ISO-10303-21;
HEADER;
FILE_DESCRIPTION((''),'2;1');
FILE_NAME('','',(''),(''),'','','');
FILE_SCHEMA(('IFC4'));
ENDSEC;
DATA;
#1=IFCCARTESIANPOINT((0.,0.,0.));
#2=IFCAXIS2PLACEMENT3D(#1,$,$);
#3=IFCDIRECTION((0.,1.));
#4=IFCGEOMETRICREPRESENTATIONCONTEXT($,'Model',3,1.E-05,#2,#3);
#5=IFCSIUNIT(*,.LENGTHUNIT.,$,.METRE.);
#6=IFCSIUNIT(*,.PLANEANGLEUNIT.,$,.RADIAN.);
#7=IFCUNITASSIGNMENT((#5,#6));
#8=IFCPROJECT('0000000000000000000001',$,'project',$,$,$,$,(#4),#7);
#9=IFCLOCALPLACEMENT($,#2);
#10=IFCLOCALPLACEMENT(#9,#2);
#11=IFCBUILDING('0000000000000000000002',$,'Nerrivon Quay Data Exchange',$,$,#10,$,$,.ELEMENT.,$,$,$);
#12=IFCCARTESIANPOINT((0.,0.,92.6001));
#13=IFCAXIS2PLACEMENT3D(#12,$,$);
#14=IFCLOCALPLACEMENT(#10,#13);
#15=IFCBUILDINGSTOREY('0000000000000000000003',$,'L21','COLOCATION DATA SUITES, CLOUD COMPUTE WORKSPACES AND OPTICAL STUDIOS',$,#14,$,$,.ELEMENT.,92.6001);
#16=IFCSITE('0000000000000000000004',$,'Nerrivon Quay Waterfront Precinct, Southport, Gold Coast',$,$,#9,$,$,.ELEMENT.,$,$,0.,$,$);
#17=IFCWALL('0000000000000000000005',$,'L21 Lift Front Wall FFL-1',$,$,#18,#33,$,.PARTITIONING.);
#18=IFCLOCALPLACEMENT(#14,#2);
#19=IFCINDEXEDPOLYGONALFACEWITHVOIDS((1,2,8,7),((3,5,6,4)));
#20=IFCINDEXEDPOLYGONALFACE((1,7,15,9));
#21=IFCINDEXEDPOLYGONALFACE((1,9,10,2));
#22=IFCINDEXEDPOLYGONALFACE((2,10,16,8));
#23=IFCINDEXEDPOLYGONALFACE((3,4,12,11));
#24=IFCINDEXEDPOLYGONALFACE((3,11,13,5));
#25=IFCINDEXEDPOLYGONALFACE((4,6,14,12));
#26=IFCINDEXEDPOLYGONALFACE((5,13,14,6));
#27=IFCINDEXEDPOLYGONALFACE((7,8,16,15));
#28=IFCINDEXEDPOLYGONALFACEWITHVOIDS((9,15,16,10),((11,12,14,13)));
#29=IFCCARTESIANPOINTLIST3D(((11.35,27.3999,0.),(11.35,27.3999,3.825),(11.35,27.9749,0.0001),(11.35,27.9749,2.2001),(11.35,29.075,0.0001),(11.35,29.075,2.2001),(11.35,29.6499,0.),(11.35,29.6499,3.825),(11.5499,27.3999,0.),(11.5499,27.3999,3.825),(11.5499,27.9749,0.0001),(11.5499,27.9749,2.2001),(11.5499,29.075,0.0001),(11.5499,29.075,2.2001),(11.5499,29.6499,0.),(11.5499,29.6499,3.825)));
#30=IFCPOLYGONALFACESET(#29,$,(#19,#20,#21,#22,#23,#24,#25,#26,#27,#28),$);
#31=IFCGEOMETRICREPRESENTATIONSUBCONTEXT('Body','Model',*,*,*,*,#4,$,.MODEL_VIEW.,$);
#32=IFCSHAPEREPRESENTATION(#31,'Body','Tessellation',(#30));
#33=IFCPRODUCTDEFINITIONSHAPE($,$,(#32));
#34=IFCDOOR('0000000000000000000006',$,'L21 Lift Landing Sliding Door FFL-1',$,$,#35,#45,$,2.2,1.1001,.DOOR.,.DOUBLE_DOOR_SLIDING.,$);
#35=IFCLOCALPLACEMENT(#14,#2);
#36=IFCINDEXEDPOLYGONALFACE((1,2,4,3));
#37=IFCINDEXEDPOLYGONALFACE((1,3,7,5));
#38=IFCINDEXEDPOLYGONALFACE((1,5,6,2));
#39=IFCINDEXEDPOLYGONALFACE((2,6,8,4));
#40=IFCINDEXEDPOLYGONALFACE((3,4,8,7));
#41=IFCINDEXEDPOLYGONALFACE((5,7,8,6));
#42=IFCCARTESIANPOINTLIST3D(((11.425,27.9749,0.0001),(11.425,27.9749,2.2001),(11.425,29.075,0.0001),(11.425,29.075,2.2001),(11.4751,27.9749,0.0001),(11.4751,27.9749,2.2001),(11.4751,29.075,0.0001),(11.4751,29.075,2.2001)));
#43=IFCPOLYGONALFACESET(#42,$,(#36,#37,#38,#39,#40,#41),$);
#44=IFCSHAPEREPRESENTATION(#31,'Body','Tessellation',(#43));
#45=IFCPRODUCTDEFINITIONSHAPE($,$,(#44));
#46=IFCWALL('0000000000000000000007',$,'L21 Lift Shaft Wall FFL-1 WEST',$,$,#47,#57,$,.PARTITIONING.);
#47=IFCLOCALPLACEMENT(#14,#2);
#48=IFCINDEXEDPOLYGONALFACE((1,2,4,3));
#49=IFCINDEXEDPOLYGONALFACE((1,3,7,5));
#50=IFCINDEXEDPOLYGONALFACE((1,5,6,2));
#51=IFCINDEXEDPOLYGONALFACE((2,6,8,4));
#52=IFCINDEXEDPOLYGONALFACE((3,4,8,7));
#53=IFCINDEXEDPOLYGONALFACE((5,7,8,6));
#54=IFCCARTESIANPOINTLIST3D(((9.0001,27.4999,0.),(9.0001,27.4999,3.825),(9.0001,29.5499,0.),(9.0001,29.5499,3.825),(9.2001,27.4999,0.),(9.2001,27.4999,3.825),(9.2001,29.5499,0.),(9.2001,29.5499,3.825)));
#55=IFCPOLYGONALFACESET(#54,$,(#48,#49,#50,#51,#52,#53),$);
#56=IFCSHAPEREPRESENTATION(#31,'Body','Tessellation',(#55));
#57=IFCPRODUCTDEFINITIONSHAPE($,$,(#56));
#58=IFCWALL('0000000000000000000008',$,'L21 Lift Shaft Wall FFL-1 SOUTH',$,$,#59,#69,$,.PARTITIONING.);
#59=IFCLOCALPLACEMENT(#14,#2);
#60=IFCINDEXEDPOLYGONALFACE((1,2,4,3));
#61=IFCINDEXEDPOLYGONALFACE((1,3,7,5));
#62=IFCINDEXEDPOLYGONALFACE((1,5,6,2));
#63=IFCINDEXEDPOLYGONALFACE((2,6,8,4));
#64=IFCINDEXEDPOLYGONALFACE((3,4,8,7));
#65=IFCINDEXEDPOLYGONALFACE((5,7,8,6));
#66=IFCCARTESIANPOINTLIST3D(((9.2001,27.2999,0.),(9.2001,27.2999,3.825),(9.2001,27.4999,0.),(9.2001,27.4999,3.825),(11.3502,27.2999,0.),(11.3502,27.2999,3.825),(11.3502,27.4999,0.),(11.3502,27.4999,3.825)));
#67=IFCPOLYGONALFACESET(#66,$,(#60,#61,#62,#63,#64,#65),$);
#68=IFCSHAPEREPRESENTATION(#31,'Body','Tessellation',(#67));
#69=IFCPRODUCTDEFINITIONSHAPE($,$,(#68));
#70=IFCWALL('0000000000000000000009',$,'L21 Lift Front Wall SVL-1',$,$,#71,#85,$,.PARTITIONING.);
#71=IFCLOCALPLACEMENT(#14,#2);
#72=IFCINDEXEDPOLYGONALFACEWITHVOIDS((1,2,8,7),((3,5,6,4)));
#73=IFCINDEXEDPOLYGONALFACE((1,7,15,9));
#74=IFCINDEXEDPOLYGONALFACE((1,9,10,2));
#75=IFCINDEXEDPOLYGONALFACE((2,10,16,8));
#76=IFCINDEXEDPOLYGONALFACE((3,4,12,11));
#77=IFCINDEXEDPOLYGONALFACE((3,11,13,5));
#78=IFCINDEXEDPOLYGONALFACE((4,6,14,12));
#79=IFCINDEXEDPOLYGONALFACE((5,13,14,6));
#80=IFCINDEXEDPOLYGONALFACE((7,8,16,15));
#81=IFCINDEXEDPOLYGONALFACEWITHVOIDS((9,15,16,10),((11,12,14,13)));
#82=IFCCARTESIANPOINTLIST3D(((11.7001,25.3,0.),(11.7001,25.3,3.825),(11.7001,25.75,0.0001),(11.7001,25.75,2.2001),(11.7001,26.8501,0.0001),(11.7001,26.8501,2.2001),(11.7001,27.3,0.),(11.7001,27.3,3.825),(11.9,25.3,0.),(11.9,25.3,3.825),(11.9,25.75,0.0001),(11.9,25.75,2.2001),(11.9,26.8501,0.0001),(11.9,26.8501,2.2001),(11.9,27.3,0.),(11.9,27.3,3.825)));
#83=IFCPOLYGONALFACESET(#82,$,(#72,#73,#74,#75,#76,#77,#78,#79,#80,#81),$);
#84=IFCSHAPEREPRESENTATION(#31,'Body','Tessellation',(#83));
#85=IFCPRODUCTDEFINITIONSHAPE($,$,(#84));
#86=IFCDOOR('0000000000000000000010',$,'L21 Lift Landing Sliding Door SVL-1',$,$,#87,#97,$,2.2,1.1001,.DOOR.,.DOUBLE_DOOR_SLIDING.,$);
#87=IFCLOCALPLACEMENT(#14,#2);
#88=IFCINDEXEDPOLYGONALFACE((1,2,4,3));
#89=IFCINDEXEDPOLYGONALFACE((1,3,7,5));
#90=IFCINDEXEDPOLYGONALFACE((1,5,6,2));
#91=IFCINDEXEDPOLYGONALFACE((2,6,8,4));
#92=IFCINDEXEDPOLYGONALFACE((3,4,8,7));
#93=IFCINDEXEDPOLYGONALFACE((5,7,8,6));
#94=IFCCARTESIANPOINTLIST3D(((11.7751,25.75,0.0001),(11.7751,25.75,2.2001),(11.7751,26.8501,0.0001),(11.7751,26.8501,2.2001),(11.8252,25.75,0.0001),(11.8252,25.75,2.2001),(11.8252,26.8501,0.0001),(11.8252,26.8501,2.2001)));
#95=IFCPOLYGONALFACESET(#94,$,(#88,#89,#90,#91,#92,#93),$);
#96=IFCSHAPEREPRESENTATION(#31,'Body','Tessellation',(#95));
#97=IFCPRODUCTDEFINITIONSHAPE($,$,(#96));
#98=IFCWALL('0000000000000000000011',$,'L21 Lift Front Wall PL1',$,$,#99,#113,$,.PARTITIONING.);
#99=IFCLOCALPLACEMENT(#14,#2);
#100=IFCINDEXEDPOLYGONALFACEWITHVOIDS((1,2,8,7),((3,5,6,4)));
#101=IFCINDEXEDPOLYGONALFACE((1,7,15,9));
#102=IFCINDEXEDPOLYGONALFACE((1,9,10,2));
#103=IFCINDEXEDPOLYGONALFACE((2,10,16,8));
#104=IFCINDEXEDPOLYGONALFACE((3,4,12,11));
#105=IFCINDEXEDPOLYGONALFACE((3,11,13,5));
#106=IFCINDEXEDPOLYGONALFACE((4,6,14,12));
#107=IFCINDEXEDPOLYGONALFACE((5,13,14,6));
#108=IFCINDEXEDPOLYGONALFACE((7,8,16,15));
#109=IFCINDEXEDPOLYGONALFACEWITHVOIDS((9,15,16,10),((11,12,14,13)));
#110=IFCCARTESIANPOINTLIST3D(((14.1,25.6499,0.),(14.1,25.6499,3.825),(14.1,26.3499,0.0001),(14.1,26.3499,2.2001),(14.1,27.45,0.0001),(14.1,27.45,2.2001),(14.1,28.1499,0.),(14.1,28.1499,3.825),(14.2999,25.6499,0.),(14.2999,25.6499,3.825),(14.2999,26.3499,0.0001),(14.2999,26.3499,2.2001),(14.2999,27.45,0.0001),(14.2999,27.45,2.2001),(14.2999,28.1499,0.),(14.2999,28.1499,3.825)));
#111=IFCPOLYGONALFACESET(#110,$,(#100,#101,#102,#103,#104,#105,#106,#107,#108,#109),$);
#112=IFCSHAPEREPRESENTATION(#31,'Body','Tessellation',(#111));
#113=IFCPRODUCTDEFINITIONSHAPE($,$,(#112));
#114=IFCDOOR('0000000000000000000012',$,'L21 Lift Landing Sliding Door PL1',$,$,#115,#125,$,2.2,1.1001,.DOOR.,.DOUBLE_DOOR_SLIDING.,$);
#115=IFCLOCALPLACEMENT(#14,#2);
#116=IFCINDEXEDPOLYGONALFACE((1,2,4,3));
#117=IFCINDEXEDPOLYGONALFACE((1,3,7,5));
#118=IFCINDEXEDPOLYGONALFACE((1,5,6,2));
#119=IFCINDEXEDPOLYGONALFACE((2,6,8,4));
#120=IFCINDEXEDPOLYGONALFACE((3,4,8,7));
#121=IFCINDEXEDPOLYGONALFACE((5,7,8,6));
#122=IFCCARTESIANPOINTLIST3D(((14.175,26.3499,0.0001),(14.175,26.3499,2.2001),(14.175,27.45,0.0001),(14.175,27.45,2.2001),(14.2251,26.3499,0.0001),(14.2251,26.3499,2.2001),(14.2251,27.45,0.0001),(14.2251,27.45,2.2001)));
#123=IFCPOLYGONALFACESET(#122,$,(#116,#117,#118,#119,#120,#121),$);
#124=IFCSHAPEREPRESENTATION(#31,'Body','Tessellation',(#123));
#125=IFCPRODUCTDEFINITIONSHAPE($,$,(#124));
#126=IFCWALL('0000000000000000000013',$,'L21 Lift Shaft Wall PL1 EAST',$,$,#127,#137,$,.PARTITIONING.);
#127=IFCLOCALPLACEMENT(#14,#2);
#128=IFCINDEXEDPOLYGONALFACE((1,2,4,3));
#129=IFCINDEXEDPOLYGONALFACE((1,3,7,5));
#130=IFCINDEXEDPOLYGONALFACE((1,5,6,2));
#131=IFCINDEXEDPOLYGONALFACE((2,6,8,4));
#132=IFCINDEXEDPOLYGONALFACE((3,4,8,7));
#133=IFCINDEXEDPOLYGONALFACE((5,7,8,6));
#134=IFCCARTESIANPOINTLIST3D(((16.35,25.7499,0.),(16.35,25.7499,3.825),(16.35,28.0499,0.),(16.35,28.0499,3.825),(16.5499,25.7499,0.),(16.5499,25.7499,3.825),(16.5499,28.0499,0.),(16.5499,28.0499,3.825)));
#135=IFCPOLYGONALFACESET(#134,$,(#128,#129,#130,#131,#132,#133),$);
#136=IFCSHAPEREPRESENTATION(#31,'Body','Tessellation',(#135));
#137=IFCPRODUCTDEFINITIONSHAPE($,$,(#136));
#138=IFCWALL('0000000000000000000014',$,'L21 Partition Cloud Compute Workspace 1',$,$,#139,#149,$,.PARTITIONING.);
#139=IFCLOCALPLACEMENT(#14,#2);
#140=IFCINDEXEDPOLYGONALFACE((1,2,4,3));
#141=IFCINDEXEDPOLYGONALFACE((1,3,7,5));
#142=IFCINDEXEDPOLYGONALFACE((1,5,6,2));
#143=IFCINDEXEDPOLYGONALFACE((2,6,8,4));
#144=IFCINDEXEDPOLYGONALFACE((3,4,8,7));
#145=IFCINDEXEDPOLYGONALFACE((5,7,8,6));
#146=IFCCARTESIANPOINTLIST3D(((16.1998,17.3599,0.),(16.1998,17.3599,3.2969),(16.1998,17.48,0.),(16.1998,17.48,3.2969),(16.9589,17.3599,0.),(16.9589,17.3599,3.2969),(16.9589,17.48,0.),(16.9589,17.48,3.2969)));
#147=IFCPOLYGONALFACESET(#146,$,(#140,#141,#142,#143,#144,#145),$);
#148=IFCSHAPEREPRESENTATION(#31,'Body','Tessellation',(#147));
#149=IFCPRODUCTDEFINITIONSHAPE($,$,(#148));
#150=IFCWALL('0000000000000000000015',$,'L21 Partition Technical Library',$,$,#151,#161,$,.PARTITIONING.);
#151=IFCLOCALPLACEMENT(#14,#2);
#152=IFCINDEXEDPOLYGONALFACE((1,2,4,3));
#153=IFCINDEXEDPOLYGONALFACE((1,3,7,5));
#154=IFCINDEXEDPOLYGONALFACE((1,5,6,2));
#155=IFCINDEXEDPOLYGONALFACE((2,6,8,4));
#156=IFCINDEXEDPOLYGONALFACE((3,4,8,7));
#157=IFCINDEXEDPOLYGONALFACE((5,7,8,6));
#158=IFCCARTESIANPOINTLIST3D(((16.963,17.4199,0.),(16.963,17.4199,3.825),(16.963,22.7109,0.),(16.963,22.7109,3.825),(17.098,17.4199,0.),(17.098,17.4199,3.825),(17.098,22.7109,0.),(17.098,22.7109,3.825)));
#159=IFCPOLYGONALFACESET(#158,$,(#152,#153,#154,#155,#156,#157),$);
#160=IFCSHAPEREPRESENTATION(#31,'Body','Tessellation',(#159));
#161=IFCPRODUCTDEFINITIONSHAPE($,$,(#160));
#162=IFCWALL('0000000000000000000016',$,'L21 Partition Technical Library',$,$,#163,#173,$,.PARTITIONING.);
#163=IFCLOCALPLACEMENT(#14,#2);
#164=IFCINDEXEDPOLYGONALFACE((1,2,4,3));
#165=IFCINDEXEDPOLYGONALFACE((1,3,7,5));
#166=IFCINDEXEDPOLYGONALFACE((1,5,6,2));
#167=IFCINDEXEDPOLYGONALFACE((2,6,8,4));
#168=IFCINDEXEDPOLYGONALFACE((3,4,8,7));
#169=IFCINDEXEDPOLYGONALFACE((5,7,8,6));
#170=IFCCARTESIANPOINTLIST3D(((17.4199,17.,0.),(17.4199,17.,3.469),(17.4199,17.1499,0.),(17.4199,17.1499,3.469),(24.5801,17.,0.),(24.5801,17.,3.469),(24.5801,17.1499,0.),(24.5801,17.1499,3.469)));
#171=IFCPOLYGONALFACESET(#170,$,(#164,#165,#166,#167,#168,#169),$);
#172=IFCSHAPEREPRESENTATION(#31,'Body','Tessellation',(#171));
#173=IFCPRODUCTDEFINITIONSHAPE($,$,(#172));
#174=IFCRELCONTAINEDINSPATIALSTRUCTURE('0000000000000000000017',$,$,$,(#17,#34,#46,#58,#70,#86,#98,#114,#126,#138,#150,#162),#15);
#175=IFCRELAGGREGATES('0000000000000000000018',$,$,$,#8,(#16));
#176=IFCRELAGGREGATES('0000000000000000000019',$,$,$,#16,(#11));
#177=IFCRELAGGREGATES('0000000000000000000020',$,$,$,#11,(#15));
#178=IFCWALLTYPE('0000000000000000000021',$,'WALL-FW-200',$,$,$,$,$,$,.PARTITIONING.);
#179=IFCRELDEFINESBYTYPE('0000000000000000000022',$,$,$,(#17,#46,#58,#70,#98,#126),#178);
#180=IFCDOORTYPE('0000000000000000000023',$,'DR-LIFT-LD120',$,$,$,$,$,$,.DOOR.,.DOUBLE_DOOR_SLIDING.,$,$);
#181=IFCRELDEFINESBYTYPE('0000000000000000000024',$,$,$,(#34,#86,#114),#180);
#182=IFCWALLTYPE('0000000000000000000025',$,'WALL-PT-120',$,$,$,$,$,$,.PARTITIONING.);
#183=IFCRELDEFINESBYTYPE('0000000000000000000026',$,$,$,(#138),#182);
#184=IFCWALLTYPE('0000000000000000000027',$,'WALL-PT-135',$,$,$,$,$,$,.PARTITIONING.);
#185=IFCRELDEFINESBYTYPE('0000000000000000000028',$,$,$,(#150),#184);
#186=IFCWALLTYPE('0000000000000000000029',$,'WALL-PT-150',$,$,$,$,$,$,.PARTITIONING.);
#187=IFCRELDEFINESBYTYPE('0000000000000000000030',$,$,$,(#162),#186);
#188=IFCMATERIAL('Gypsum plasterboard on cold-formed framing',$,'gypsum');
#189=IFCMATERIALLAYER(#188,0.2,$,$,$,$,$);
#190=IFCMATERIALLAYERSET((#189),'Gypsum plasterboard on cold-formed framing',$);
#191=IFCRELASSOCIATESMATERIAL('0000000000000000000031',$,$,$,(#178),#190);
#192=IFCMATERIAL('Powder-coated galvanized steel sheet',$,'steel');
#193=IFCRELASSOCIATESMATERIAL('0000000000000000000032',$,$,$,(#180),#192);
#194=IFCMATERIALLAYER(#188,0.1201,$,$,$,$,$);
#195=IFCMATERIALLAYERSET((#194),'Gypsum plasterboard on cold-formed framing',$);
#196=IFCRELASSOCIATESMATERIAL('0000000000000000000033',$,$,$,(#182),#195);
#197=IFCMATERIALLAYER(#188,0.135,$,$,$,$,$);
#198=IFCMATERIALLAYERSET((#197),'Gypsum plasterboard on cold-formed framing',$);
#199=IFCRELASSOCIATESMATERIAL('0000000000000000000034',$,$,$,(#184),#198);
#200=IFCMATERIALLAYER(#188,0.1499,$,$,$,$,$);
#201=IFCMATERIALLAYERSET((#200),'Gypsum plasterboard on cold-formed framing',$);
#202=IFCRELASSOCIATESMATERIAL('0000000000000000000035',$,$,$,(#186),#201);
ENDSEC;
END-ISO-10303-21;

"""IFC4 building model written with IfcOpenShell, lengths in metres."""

from ifc_helpers import new_model, si_unit, direction, frame, frame_2d, origin, place, context, subcontext, project, spatial, rectangle, extrude, material, layer, layer_set, type_object, element, fill, save


model = new_model("IFC4")

# Units and contexts
model_context = context("Model", 3, precision=1e-05, world=origin(), true_north=direction((0.0, 1.0)))
body_context = subcontext(model_context, "Body", "Model", "MODEL_VIEW")
ifc_project = project(units=[si_unit("LENGTHUNIT", "METRE"), si_unit("PLANEANGLEUNIT", "RADIAN")], contexts=[model_context])

# Site, building, storey
site_placement = place(None, origin())
site = spatial("IfcSite", under=ifc_project, at=site_placement, Name="Nerrivon Quay Waterfront Precinct, Southport, Gold Coast", CompositionType="ELEMENT", RefElevation=0.0)
building_placement = place(site_placement, origin())
building = spatial("IfcBuilding", under=site, at=building_placement, Name="Nerrivon Quay Data Exchange", CompositionType="ELEMENT")
storey_placement = place(building_placement, frame((0.0, 0.0, 92.6001)))
storey = spatial("IfcBuildingStorey", under=building, at=storey_placement, Name="L21", Description="COLOCATION DATA SUITES, CLOUD COMPUTE WORKSPACES AND OPTICAL STUDIOS", CompositionType="ELEMENT", Elevation=92.6001)

# Wall, opening, door
ifc_material_1 = material(Name="Gypsum plasterboard on cold-formed framing", Category="gypsum")
ifc_layer_1 = layer(ifc_material_1, 0.2)
ifc_layer_set_1 = layer_set([ifc_layer_1], Name="Gypsum plasterboard on cold-formed framing")
wall_type_1 = type_object("IfcWallType", Name="WALL-FW-200", PredefinedType="PARTITIONING", material=ifc_layer_set_1)
wall_1_placement = place(storey_placement, frame((11.45, 27.3999, 0.0), z_axis=(0.0, 0.0, 1.0), x_axis=(0.0, 1.0, 0.0)))
wall_1 = element("IfcWall", 1, at=wall_1_placement, inside=storey, type_object=wall_type_1, Name="L21 Lift Front Wall FFL-1", PredefinedType="PARTITIONING", context=body_context, shape_type="SweptSolid", body=[
    extrude(rectangle(XDim=2.25, YDim=0.2, at=frame_2d((1.125, 0.0))), origin(), (0.0, 0.0, 1.0), 3.825),
])
opening_1_placement = place(wall_1_placement, frame((0.575, 0.0, 0.0)))
opening_1 = element("IfcOpeningElement", 2, at=opening_1_placement, cuts=wall_1, PredefinedType="OPENING", context=body_context, shape_type="SweptSolid", body=[
    extrude(rectangle(XDim=1.1001, YDim=2.2, at=frame_2d((0.55, 1.1001))), frame((0.0, 0.1099, 0.0), z_axis=(0.0, -1.0, 0.0), x_axis=(1.0, 0.0, 0.0)), (0.0, 0.0, 1.0), 0.22),
])
ifc_material_2 = material(Name="Powder-coated galvanized steel sheet", Category="steel")
door_type = type_object("IfcDoorType", Name="DR-LIFT-LD120", OperationType="DOUBLE_DOOR_SLIDING", PredefinedType="DOOR", material=ifc_material_2)
door_1_placement = place(opening_1_placement, origin())
door_1 = element("IfcDoor", 3, at=door_1_placement, inside=storey, type_object=door_type, Name="L21 Lift Landing Sliding Door FFL-1", OperationType="DOUBLE_DOOR_SLIDING", OverallHeight=2.2, OverallWidth=1.1001, PredefinedType="DOOR", context=body_context, shape_type="SweptSolid", body=[
    extrude(rectangle(XDim=1.1001, YDim=2.2, at=frame_2d((0.55, 1.1001))), frame((0.0, 0.0249, 0.0), z_axis=(0.0, -1.0, 0.0), x_axis=(1.0, 0.0, 0.0)), (0.0, 0.0, 1.0), 0.05),
])
fill(opening_1, door_1)

# Walls
wall_2_placement = place(storey_placement, frame((9.1001, 27.5, 0.0), z_axis=(0.0, 0.0, 1.0), x_axis=(0.0, 1.0, 0.0)))
element("IfcWall", 4, at=wall_2_placement, inside=storey, type_object=wall_type_1, Name="L21 Lift Shaft Wall FFL-1 WEST", PredefinedType="PARTITIONING", context=body_context, shape_type="SweptSolid", body=[
    extrude(rectangle(XDim=2.05, YDim=0.2, at=frame_2d((1.0249, 0.0))), origin(), (0.0, 0.0, 1.0), 3.825),
])
wall_3_placement = place(storey_placement, frame((9.2, 27.3999, 0.0), z_axis=(0.0, 0.0, 1.0), x_axis=(1.0, 0.0, 0.0)))
element("IfcWall", 5, at=wall_3_placement, inside=storey, type_object=wall_type_1, Name="L21 Lift Shaft Wall FFL-1 SOUTH", PredefinedType="PARTITIONING", context=body_context, shape_type="SweptSolid", body=[
    extrude(rectangle(XDim=2.1501, YDim=0.2, at=frame_2d((1.0752, 0.0))), origin(), (0.0, 0.0, 1.0), 3.825),
])

# Walls, openings, doors
wall_4_placement = place(storey_placement, frame((11.8, 25.3, 0.0), z_axis=(0.0, 0.0, 1.0), x_axis=(0.0, 1.0, 0.0)))
wall_4 = element("IfcWall", 6, at=wall_4_placement, inside=storey, type_object=wall_type_1, Name="L21 Lift Front Wall SVL-1", PredefinedType="PARTITIONING", context=body_context, shape_type="SweptSolid", body=[
    extrude(rectangle(XDim=2.0, YDim=0.2, at=frame_2d((1.0, 0.0))), origin(), (0.0, 0.0, 1.0), 3.825),
])
opening_2_placement = place(wall_4_placement, frame((0.45, 0.0, 0.0)))
opening_2 = element("IfcOpeningElement", 7, at=opening_2_placement, cuts=wall_4, PredefinedType="OPENING", context=body_context, shape_type="SweptSolid", body=[
    extrude(rectangle(XDim=1.1001, YDim=2.2, at=frame_2d((0.55, 1.1001))), frame((0.0, 0.1099, 0.0), z_axis=(0.0, -1.0, 0.0), x_axis=(1.0, 0.0, 0.0)), (0.0, 0.0, 1.0), 0.22),
])
door_2_placement = place(opening_2_placement, origin())
door_2 = element("IfcDoor", 8, at=door_2_placement, inside=storey, type_object=door_type, Name="L21 Lift Landing Sliding Door SVL-1", OperationType="DOUBLE_DOOR_SLIDING", OverallHeight=2.2, OverallWidth=1.1001, PredefinedType="DOOR", context=body_context, shape_type="SweptSolid", body=[
    extrude(rectangle(XDim=1.1001, YDim=2.2, at=frame_2d((0.55, 1.1001))), frame((0.0, 0.0249, 0.0), z_axis=(0.0, -1.0, 0.0), x_axis=(1.0, 0.0, 0.0)), (0.0, 0.0, 1.0), 0.05),
])
fill(opening_2, door_2)
wall_5_placement = place(storey_placement, frame((14.2, 25.6499, 0.0), z_axis=(0.0, 0.0, 1.0), x_axis=(0.0, 1.0, 0.0)))
wall_5 = element("IfcWall", 9, at=wall_5_placement, inside=storey, type_object=wall_type_1, Name="L21 Lift Front Wall PL1", PredefinedType="PARTITIONING", context=body_context, shape_type="SweptSolid", body=[
    extrude(rectangle(XDim=2.5, YDim=0.2, at=frame_2d((1.25, 0.0))), origin(), (0.0, 0.0, 1.0), 3.825),
])
opening_3_placement = place(wall_5_placement, frame((0.7, 0.0, 0.0)))
opening_3 = element("IfcOpeningElement", 10, at=opening_3_placement, cuts=wall_5, PredefinedType="OPENING", context=body_context, shape_type="SweptSolid", body=[
    extrude(rectangle(XDim=1.1001, YDim=2.2, at=frame_2d((0.55, 1.1001))), frame((0.0, 0.1099, 0.0), z_axis=(0.0, -1.0, 0.0), x_axis=(1.0, 0.0, 0.0)), (0.0, 0.0, 1.0), 0.22),
])
door_3_placement = place(opening_3_placement, origin())
door_3 = element("IfcDoor", 11, at=door_3_placement, inside=storey, type_object=door_type, Name="L21 Lift Landing Sliding Door PL1", OperationType="DOUBLE_DOOR_SLIDING", OverallHeight=2.2, OverallWidth=1.1001, PredefinedType="DOOR", context=body_context, shape_type="SweptSolid", body=[
    extrude(rectangle(XDim=1.1001, YDim=2.2, at=frame_2d((0.55, 1.1001))), frame((0.0, 0.0249, 0.0), z_axis=(0.0, -1.0, 0.0), x_axis=(1.0, 0.0, 0.0)), (0.0, 0.0, 1.0), 0.05),
])
fill(opening_3, door_3)

# Walls
wall_6_placement = place(storey_placement, frame((16.45, 25.75, 0.0), z_axis=(0.0, 0.0, 1.0), x_axis=(0.0, 1.0, 0.0)))
element("IfcWall", 12, at=wall_6_placement, inside=storey, type_object=wall_type_1, Name="L21 Lift Shaft Wall PL1 EAST", PredefinedType="PARTITIONING", context=body_context, shape_type="SweptSolid", body=[
    extrude(rectangle(XDim=2.3, YDim=0.2, at=frame_2d((1.1499, 0.0))), origin(), (0.0, 0.0, 1.0), 3.825),
])
ifc_layer_2 = layer(ifc_material_1, 0.1201)
ifc_layer_set_2 = layer_set([ifc_layer_2], Name="Gypsum plasterboard on cold-formed framing")
wall_type_2 = type_object("IfcWallType", Name="WALL-PT-120", PredefinedType="PARTITIONING", material=ifc_layer_set_2)
wall_7_placement = place(storey_placement, frame((16.2, 17.4199, 0.0), z_axis=(0.0, 0.0, 1.0), x_axis=(1.0, 0.0, 0.0)))
element("IfcWall", 13, at=wall_7_placement, inside=storey, type_object=wall_type_2, Name="L21 Partition Cloud Compute Workspace 1", PredefinedType="PARTITIONING", context=body_context, shape_type="SweptSolid", body=[
    extrude(rectangle(XDim=0.759, YDim=0.1201, at=frame_2d((0.3794, 0.0))), origin(), (0.0, 0.0, 1.0), 3.2969),
])
ifc_layer_3 = layer(ifc_material_1, 0.135)
ifc_layer_set_3 = layer_set([ifc_layer_3], Name="Gypsum plasterboard on cold-formed framing")
wall_type_3 = type_object("IfcWallType", Name="WALL-PT-135", PredefinedType="PARTITIONING", material=ifc_layer_set_3)
wall_8_placement = place(storey_placement, frame((17.0305, 22.7109, 0.0), z_axis=(0.0, 0.0, 1.0), x_axis=(0.0, -1.0, 0.0)))
element("IfcWall", 14, at=wall_8_placement, inside=storey, type_object=wall_type_3, Name="L21 Partition Technical Library", PredefinedType="PARTITIONING", context=body_context, shape_type="SweptSolid", body=[
    extrude(rectangle(XDim=5.291, YDim=0.135, at=frame_2d((2.6455, 0.0))), origin(), (0.0, 0.0, 1.0), 3.825),
])
ifc_layer_4 = layer(ifc_material_1, 0.1499)
ifc_layer_set_4 = layer_set([ifc_layer_4], Name="Gypsum plasterboard on cold-formed framing")
wall_type_4 = type_object("IfcWallType", Name="WALL-PT-150", PredefinedType="PARTITIONING", material=ifc_layer_set_4)
wall_9_placement = place(storey_placement, frame((17.4199, 17.075, 0.0), z_axis=(0.0, 0.0, 1.0), x_axis=(1.0, 0.0, 0.0)))
element("IfcWall", 15, at=wall_9_placement, inside=storey, type_object=wall_type_4, Name="L21 Partition Technical Library", PredefinedType="PARTITIONING", context=body_context, shape_type="SweptSolid", body=[
    extrude(rectangle(XDim=7.1602, YDim=0.1499, at=frame_2d((3.5801, 0.0))), origin(), (0.0, 0.0, 1.0), 3.469),
])

save(model, "model.ifc")
